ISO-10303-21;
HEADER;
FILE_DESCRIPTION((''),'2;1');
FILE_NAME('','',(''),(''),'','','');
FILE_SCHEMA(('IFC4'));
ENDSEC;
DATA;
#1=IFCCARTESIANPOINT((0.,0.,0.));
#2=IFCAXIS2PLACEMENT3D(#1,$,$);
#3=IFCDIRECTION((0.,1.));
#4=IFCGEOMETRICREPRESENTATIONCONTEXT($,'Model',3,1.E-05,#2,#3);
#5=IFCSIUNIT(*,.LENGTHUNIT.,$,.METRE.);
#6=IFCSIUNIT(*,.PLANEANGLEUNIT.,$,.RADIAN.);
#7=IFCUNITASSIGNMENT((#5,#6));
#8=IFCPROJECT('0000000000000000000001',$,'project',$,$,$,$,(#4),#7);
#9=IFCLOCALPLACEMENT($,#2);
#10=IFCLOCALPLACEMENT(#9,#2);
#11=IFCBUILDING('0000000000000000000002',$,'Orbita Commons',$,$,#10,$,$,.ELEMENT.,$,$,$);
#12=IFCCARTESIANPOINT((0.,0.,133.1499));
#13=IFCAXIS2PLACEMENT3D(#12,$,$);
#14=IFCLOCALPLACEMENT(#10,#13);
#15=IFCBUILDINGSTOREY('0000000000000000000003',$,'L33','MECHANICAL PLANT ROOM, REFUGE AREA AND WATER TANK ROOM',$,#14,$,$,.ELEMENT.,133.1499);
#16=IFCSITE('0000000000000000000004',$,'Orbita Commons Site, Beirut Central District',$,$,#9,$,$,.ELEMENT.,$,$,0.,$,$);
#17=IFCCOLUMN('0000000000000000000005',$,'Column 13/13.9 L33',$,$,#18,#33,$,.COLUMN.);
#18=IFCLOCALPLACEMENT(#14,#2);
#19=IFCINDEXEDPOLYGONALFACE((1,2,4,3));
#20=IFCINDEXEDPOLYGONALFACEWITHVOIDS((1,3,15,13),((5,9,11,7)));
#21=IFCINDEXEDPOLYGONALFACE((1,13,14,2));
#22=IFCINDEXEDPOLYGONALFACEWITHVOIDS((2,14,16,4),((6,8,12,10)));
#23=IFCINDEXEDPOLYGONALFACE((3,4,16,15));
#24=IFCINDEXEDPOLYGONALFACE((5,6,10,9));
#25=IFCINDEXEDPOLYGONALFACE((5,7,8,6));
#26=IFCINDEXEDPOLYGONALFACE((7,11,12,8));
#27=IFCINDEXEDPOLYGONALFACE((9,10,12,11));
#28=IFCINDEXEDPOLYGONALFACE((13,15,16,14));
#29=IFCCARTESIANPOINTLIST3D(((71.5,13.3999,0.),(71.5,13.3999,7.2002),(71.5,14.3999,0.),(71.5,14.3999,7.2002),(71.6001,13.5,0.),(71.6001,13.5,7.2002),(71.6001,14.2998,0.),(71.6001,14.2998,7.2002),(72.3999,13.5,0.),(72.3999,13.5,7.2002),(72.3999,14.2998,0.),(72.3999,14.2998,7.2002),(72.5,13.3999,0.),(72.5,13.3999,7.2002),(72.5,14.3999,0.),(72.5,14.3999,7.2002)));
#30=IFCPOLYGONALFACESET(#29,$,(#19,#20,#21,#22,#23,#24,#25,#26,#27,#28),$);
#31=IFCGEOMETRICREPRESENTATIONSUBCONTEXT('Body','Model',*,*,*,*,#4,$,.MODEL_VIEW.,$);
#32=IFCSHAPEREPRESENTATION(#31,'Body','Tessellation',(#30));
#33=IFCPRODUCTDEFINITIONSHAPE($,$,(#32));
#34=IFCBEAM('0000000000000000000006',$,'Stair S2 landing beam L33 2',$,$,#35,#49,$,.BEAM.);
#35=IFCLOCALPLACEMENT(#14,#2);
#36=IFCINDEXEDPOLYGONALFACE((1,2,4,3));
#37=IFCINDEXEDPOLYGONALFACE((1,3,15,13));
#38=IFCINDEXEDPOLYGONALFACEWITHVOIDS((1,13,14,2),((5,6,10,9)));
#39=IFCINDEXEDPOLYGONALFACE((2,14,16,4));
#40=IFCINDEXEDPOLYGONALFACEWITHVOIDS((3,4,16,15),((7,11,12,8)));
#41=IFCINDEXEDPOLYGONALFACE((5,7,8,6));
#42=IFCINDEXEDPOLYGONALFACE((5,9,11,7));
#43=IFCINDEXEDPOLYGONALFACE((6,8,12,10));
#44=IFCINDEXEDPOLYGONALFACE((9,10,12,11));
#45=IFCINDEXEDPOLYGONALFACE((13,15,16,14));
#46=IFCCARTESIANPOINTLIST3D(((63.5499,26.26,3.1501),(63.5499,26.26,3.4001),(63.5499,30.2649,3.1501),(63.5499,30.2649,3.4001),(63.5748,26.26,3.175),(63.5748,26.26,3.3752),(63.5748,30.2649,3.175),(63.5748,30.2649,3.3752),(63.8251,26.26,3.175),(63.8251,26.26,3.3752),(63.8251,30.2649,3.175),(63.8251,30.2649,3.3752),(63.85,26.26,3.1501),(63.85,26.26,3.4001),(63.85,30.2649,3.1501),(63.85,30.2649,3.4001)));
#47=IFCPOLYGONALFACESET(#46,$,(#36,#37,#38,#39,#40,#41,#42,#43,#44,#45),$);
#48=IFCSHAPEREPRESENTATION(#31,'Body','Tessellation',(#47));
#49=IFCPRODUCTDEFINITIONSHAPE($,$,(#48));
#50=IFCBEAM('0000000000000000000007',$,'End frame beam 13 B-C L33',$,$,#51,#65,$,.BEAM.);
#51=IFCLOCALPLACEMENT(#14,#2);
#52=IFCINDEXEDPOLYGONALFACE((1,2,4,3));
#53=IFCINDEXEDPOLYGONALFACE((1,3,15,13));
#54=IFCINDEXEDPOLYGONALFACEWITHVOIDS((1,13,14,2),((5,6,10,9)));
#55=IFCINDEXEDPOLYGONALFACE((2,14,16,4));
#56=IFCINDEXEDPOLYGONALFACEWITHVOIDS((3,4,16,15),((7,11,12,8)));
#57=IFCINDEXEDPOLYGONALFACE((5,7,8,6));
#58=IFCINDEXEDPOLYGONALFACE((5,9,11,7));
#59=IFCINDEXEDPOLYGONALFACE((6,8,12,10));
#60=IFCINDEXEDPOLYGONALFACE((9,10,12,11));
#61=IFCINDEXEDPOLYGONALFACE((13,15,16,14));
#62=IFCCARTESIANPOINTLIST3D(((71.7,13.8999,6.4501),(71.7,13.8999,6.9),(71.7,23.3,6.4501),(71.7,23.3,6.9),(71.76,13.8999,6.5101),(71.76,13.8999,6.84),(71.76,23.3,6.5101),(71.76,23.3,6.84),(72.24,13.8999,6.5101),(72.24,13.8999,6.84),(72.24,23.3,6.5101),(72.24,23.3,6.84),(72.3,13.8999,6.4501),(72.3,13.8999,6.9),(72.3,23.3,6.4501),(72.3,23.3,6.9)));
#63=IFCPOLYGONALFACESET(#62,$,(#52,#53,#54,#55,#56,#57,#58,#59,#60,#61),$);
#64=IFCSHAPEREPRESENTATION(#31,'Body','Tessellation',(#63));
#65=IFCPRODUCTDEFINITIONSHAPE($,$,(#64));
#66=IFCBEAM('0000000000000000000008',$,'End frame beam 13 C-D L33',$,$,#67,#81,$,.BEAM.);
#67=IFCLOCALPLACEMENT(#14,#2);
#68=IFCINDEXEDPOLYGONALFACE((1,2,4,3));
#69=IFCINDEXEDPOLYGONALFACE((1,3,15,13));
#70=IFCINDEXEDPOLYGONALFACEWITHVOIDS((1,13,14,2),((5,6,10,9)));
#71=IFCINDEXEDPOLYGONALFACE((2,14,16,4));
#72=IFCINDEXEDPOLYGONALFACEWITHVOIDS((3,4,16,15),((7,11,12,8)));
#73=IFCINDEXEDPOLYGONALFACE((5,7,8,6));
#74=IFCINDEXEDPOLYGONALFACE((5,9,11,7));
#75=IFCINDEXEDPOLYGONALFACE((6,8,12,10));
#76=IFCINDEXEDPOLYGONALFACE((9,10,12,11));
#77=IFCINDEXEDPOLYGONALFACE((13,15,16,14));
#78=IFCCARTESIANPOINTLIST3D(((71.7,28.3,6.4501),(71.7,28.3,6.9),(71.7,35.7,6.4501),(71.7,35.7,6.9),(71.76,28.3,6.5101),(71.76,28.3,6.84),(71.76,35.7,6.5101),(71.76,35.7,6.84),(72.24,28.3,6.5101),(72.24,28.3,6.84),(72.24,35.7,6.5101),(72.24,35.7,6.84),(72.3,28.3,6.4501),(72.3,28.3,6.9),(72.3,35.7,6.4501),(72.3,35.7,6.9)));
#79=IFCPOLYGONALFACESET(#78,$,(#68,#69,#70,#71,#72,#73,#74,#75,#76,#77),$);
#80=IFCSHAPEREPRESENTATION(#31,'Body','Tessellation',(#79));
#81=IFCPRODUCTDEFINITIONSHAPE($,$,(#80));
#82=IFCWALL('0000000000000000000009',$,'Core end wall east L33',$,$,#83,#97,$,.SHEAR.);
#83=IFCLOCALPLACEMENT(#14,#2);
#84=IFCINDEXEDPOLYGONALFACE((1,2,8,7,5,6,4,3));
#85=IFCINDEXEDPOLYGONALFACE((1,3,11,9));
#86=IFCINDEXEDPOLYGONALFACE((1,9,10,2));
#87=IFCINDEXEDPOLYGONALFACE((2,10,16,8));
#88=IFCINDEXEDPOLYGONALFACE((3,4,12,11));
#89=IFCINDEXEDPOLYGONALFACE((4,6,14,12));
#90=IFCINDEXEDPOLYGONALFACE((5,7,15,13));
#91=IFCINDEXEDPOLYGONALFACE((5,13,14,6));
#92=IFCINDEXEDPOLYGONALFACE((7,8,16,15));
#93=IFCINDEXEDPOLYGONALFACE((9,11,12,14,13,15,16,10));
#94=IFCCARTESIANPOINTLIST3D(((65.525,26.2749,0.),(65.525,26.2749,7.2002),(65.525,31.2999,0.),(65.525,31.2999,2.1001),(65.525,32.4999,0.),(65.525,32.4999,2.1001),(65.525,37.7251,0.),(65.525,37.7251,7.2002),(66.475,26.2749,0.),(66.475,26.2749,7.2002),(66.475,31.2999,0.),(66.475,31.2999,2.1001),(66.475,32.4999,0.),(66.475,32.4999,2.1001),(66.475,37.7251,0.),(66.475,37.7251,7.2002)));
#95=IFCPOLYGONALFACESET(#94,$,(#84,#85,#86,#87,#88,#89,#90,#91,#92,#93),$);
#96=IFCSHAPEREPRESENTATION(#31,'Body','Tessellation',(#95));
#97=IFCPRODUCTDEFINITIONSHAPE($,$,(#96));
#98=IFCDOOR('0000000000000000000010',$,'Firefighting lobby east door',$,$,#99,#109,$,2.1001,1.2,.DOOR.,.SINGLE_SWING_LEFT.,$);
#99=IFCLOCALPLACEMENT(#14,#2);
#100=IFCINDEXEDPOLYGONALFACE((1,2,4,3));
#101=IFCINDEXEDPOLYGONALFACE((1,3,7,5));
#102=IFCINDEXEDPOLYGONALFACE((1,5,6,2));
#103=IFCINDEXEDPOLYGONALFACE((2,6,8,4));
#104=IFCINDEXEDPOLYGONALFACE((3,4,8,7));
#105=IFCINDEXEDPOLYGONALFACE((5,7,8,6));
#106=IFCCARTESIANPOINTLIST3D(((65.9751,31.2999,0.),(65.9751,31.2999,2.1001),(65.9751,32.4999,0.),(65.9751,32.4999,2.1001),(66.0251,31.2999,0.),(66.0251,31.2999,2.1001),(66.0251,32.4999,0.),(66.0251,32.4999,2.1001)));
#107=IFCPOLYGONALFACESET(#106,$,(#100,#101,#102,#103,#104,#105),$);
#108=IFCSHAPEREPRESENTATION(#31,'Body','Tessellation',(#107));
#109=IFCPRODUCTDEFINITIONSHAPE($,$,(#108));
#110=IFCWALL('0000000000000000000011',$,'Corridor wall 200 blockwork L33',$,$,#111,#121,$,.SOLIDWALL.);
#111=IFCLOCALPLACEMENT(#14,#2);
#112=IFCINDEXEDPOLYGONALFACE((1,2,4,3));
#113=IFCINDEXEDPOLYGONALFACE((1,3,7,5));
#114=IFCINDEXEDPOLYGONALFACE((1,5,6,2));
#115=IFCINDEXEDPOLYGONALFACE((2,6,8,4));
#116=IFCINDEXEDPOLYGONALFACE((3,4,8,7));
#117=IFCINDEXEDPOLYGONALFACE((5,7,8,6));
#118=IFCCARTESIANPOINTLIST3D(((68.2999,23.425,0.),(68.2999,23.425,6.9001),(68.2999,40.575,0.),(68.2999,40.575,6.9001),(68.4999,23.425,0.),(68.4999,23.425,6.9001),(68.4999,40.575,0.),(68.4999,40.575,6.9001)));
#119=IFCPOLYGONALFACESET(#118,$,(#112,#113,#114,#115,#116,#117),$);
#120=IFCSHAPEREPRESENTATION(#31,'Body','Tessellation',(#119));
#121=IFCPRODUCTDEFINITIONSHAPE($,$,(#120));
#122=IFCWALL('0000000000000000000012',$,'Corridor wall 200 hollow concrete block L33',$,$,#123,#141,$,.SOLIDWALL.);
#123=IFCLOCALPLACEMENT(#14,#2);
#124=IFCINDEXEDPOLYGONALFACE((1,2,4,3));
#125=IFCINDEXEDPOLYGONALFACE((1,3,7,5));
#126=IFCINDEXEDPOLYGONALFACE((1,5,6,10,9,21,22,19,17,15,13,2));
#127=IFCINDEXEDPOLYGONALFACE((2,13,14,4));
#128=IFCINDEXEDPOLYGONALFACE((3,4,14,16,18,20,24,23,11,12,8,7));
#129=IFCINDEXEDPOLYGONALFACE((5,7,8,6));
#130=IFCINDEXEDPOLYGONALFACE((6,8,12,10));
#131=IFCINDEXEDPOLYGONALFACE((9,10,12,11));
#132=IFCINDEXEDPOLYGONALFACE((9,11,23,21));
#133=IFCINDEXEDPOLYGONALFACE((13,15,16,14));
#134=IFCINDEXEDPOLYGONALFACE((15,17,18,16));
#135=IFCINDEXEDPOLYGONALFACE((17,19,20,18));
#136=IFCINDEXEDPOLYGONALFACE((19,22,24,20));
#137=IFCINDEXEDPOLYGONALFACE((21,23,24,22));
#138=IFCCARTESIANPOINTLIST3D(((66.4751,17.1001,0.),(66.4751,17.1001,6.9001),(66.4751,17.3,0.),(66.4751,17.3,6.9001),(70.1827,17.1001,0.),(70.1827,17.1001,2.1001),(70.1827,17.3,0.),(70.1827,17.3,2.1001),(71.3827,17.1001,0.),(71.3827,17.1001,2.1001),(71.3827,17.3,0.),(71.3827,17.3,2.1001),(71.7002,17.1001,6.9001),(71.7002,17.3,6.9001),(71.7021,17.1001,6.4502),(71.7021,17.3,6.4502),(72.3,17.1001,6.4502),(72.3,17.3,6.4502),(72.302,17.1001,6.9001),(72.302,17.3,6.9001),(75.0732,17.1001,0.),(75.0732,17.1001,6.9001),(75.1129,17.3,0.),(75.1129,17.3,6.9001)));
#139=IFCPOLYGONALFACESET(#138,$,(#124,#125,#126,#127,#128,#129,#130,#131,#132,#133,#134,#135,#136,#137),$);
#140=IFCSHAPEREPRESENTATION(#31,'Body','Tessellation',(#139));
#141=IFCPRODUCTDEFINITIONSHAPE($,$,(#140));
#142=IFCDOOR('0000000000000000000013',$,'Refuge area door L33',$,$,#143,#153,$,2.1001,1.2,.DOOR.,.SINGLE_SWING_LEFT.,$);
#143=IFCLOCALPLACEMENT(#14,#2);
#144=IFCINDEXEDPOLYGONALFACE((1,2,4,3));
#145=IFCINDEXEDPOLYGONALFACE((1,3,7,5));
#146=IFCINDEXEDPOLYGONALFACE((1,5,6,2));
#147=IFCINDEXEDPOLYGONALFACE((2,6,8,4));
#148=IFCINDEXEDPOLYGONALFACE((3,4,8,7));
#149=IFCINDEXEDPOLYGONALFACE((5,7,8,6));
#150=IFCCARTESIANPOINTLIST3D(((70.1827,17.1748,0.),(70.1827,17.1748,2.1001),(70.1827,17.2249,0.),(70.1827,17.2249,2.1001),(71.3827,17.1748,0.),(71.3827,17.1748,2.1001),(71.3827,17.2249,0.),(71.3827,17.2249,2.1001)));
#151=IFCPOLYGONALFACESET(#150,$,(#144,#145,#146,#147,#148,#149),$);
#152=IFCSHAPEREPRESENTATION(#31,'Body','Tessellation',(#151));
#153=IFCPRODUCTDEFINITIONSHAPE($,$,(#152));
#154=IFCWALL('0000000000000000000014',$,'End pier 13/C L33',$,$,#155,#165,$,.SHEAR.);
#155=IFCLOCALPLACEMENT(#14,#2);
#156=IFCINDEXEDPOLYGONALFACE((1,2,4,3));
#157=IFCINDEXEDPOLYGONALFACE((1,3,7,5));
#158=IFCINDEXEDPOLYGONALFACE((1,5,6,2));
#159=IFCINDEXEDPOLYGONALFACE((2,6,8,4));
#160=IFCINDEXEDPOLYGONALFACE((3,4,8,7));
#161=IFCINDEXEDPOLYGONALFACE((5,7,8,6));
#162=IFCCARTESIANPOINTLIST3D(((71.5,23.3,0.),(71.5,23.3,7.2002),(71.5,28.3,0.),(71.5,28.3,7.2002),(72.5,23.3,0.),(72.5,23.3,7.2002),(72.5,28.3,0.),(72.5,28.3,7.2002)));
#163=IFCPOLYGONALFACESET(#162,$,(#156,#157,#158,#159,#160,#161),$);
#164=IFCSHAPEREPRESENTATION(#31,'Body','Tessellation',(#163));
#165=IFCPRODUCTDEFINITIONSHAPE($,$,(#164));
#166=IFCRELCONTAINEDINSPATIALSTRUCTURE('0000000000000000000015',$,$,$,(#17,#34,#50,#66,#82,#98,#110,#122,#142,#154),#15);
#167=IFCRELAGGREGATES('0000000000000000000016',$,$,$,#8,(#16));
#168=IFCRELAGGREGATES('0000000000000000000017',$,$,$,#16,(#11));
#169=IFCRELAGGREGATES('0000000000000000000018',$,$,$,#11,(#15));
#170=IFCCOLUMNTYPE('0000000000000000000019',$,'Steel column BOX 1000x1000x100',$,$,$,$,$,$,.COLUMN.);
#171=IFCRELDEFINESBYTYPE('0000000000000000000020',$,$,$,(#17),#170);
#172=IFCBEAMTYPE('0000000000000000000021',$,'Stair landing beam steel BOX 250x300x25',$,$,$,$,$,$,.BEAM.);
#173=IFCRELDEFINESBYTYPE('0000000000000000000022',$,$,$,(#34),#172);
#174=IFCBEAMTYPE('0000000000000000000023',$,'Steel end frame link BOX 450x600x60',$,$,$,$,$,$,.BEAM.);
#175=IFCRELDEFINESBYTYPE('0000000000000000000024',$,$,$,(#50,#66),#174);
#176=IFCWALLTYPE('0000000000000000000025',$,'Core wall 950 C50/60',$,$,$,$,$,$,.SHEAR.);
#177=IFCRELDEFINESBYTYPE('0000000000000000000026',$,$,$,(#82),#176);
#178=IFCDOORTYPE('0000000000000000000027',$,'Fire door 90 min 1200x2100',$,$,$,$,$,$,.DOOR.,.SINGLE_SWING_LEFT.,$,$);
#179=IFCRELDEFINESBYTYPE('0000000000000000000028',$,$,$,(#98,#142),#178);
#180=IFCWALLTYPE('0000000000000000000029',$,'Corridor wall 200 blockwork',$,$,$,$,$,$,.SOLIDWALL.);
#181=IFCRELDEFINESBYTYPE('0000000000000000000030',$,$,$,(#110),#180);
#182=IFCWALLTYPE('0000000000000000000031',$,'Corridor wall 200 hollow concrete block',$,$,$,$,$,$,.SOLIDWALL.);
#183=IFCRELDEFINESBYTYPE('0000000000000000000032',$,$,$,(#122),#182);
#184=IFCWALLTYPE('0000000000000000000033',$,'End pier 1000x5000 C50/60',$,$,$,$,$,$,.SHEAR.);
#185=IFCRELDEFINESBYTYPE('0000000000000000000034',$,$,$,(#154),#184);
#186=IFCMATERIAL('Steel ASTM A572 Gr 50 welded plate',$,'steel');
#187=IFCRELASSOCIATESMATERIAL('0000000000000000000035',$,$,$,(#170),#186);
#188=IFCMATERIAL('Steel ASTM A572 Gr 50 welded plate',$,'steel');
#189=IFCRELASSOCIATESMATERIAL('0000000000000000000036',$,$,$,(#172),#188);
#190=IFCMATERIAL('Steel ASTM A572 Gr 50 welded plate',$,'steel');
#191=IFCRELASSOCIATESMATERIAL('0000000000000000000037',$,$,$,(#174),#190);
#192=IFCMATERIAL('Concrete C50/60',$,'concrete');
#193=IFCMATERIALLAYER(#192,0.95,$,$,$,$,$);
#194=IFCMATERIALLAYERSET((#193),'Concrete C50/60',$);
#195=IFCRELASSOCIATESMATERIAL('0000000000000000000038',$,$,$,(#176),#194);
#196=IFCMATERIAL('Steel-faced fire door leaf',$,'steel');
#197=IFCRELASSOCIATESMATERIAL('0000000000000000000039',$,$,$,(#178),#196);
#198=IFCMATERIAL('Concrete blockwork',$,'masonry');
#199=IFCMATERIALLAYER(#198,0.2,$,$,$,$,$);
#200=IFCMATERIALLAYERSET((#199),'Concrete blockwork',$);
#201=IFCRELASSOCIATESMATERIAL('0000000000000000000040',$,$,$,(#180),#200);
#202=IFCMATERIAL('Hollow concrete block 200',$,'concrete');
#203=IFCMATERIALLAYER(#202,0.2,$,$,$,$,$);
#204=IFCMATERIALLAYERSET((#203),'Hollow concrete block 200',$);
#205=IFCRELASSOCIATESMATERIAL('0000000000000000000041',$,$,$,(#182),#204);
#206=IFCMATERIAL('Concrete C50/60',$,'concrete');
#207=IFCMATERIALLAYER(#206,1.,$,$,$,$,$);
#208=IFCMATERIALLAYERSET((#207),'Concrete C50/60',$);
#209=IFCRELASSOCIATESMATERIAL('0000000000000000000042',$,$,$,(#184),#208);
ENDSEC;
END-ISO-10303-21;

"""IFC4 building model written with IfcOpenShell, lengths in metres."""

from ifc_helpers import new_model, si_unit, direction, frame, frame_2d, origin, origin_2d, place, context, subcontext, project, spatial, polyline, rectangle, hollow_rectangle, outline, extrude, clip, halfspace, material, layer, layer_set, material_profile, profile_set, type_object, element, fill, save


model = new_model("IFC4")

# Units and contexts
model_context = context("Model", 3, precision=1e-05, world=origin(), true_north=direction((0.0, 1.0)))
body_context = subcontext(model_context, "Body", "Model", "MODEL_VIEW")
ifc_project = project(units=[si_unit("LENGTHUNIT", "METRE"), si_unit("PLANEANGLEUNIT", "RADIAN")], contexts=[model_context])

# Site, building, storey
site_placement = place(None, origin())
site = spatial("IfcSite", under=ifc_project, at=site_placement, Name="Orbita Commons Site, Beirut Central District", CompositionType="ELEMENT", RefElevation=0.0)
building_placement = place(site_placement, origin())
building = spatial("IfcBuilding", under=site, at=building_placement, Name="Orbita Commons", CompositionType="ELEMENT")
storey_placement = place(building_placement, frame((0.0, 0.0, 133.1499)))
storey = spatial("IfcBuildingStorey", under=building, at=storey_placement, Name="L33", Description="MECHANICAL PLANT ROOM, REFUGE AREA AND WATER TANK ROOM", CompositionType="ELEMENT", Elevation=133.1499)

# Column
ifc_material_1 = material(Name="Steel ASTM A572 Gr 50 welded plate", Category="steel")
ifc_material_profile_1 = material_profile(ifc_material_1, hollow_rectangle(XDim=1.0, YDim=1.0, WallThickness=0.1001, at=origin_2d()), Name="BOX 1000x1000x100")
ifc_profile_set_1 = profile_set([ifc_material_profile_1], Name="Steel ASTM A572 Gr 50 welded plate")
column_type = type_object("IfcColumnType", Name="Steel column BOX 1000x1000x100", PredefinedType="COLUMN", material=ifc_profile_set_1)
column_placement = place(storey_placement, frame((72.0, 13.8999, 0.0), z_axis=(0.0, 0.0, 1.0), x_axis=(1.0, 0.0, 0.0)))
element("IfcColumn", 1, at=column_placement, inside=storey, type_object=column_type, Name="Column 13/13.9 L33", PredefinedType="COLUMN", context=body_context, shape_type="SweptSolid", body=[
    extrude(hollow_rectangle(XDim=1.0, YDim=1.0, WallThickness=0.1001, at=origin_2d()), origin(), (0.0, 0.0, 1.0), 7.2002),
])

# Beams
ifc_material_2 = material(Name="Steel ASTM A572 Gr 50 welded plate", Category="steel")
ifc_material_profile_2 = material_profile(ifc_material_2, hollow_rectangle(XDim=0.3, YDim=0.25, WallThickness=0.0249, at=origin_2d()), Name="BOX 250x300x25")
ifc_profile_set_2 = profile_set([ifc_material_profile_2], Name="Steel ASTM A572 Gr 50 welded plate")
beam_type_1 = type_object("IfcBeamType", Name="Stair landing beam steel BOX 250x300x25", PredefinedType="BEAM", material=ifc_profile_set_2)
beam_1_placement = place(storey_placement, frame((63.7, 26.26, 3.2751), z_axis=(0.0, 1.0, 0.0), x_axis=(-1.0, 0.0, 0.0)))
element("IfcBeam", 2, at=beam_1_placement, inside=storey, type_object=beam_type_1, Name="Stair S2 landing beam L33 2", PredefinedType="BEAM", context=body_context, shape_type="SweptSolid", body=[
    extrude(hollow_rectangle(XDim=0.3, YDim=0.25, WallThickness=0.0249, at=origin_2d()), origin(), (0.0, 0.0, 1.0), 4.0049),
])
ifc_material_3 = material(Name="Steel ASTM A572 Gr 50 welded plate", Category="steel")
ifc_material_profile_3 = material_profile(ifc_material_3, hollow_rectangle(XDim=0.6001, YDim=0.45, WallThickness=0.0601, at=origin_2d()), Name="BOX 450x600x60")
ifc_profile_set_3 = profile_set([ifc_material_profile_3], Name="Steel ASTM A572 Gr 50 welded plate")
beam_type_2 = type_object("IfcBeamType", Name="Steel end frame link BOX 450x600x60", PredefinedType="BEAM", material=ifc_profile_set_3)
beam_2_placement = place(storey_placement, frame((72.0, 13.8999, 6.675), z_axis=(0.0, 1.0, 0.0), x_axis=(-1.0, 0.0, 0.0)))
element("IfcBeam", 3, at=beam_2_placement, inside=storey, type_object=beam_type_2, Name="End frame beam 13 B-C L33", PredefinedType="BEAM", context=body_context, shape_type="SweptSolid", body=[
    extrude(hollow_rectangle(XDim=0.6001, YDim=0.45, WallThickness=0.0601, at=origin_2d()), origin(), (0.0, 0.0, 1.0), 9.4001),
])
beam_3_placement = place(storey_placement, frame((72.0, 28.3, 6.675), z_axis=(0.0, 1.0, 0.0), x_axis=(-1.0, 0.0, 0.0)))
element("IfcBeam", 4, at=beam_3_placement, inside=storey, type_object=beam_type_2, Name="End frame beam 13 C-D L33", PredefinedType="BEAM", context=body_context, shape_type="SweptSolid", body=[
    extrude(hollow_rectangle(XDim=0.6001, YDim=0.45, WallThickness=0.0601, at=origin_2d()), origin(), (0.0, 0.0, 1.0), 7.3999),
])

# Wall, opening, door
ifc_material_4 = material(Name="Concrete C50/60", Category="concrete")
ifc_layer_1 = layer(ifc_material_4, 0.95)
ifc_layer_set_1 = layer_set([ifc_layer_1], Name="Concrete C50/60")
wall_type_1 = type_object("IfcWallType", Name="Core wall 950 C50/60", PredefinedType="SHEAR", material=ifc_layer_set_1)
wall_1_placement = place(storey_placement, frame((66.0, 26.2749, 0.0), z_axis=(0.0, 0.0, 1.0), x_axis=(0.0, 1.0, 0.0)))
wall_1 = element("IfcWall", 5, at=wall_1_placement, inside=storey, type_object=wall_type_1, Name="Core end wall east L33", PredefinedType="SHEAR", context=body_context, shape_type="SweptSolid", body=[
    extrude(rectangle(XDim=11.4502, YDim=0.95, at=frame_2d((5.7251, 0.0))), origin(), (0.0, 0.0, 1.0), 7.2002),
])
opening_1_placement = place(wall_1_placement, frame((5.0249, 0.0, 0.0)))
opening_1 = element("IfcOpeningElement", 6, at=opening_1_placement, cuts=wall_1, PredefinedType="OPENING", context=body_context, shape_type="SweptSolid", body=[
    extrude(rectangle(XDim=1.2, YDim=2.1001, at=frame_2d((0.6001, 1.05))), frame((0.0, 0.4849, 0.0), z_axis=(0.0, -1.0, 0.0), x_axis=(1.0, 0.0, 0.0)), (0.0, 0.0, 1.0), 0.97),
])
ifc_material_5 = material(Name="Steel-faced fire door leaf", Category="steel")
door_type = type_object("IfcDoorType", Name="Fire door 90 min 1200x2100", OperationType="SINGLE_SWING_LEFT", PredefinedType="DOOR", material=ifc_material_5)
door_1_placement = place(opening_1_placement, origin())
door_1 = element("IfcDoor", 7, at=door_1_placement, inside=storey, type_object=door_type, Name="Firefighting lobby east door", OperationType="SINGLE_SWING_LEFT", OverallHeight=2.1001, OverallWidth=1.2, PredefinedType="DOOR", context=body_context, shape_type="SweptSolid", body=[
    extrude(rectangle(XDim=1.2, YDim=2.1001, at=frame_2d((0.6001, 1.05))), frame((0.0, 0.0249, 0.0), z_axis=(0.0, -1.0, 0.0), x_axis=(1.0, 0.0, 0.0)), (0.0, 0.0, 1.0), 0.05),
])
fill(opening_1, door_1)

# Shared definitions
ifc_material_6 = material(Name="Concrete blockwork", Category="masonry")
ifc_layer_2 = layer(ifc_material_6, 0.2)
ifc_layer_set_2 = layer_set([ifc_layer_2], Name="Concrete blockwork")
wall_type_2 = type_object("IfcWallType", Name="Corridor wall 200 blockwork", PredefinedType="SOLIDWALL", material=ifc_layer_set_2)

# Wall
wall_2_placement = place(storey_placement, frame((68.3999, 23.425, 0.0), z_axis=(0.0, 0.0, 1.0), x_axis=(0.0, 1.0, 0.0)))
element("IfcWall", 8, at=wall_2_placement, inside=storey, type_object=wall_type_2, Name="Corridor wall 200 blockwork L33", PredefinedType="SOLIDWALL", context=body_context, shape_type="SweptSolid", body=[
    extrude(rectangle(XDim=17.1499, YDim=0.2, at=frame_2d((8.575, 0.0))), origin(), (0.0, 0.0, 1.0), 6.9001),
])

# Wall, opening, door
ifc_material_7 = material(Name="Hollow concrete block 200", Category="concrete")
ifc_layer_3 = layer(ifc_material_7, 0.2)
ifc_layer_set_3 = layer_set([ifc_layer_3], Name="Hollow concrete block 200")
wall_type_3 = type_object("IfcWallType", Name="Corridor wall 200 hollow concrete block", PredefinedType="SOLIDWALL", material=ifc_layer_set_3)
wall_3_placement = place(storey_placement, frame((66.4751, 17.2, 0.0), z_axis=(0.0, 0.0, 1.0), x_axis=(1.0, 0.0, 0.0)))
wall_3 = element("IfcWall", 9, at=wall_3_placement, inside=storey, type_object=wall_type_3, Name="Corridor wall 200 hollow concrete block L33", PredefinedType="SOLIDWALL", context=body_context, shape_type="Clipping", body=[
    clip(clip(extrude(outline(polyline([(-0.0298, 0.0), (8.6477, 0.0), (8.6477, 6.9001), (5.8269, 6.9001), (5.825, 6.4502), (5.2271, 6.4502), (5.2251, 6.9001), (-0.0298, 6.9001), (-0.0298, 0.0)])), frame((0.0, 0.1001, 0.0), z_axis=(0.0, -1.0, 0.0), x_axis=(1.0, 0.0, 0.0)), (0.0, 0.0, 1.0), 0.2), halfspace(frame((0.0, 0.0, 0.0), z_axis=(-1.0, 0.0, 0.0)), False)), halfspace(frame((8.6179, 0.0, 0.0), z_axis=(0.980788, -0.195078, 0.0)), False)),
])
opening_2_placement = place(wall_3_placement, frame((3.7075, 0.0, 0.0)))
opening_2 = element("IfcOpeningElement", 10, at=opening_2_placement, cuts=wall_3, PredefinedType="OPENING", context=body_context, shape_type="SweptSolid", body=[
    extrude(rectangle(XDim=1.2, YDim=2.1001, at=frame_2d((0.6001, 1.05))), frame((0.0, 0.1099, 0.0), z_axis=(0.0, -1.0, 0.0), x_axis=(1.0, 0.0, 0.0)), (0.0, 0.0, 1.0), 0.22),
])
door_2_placement = place(opening_2_placement, origin())
door_2 = element("IfcDoor", 11, at=door_2_placement, inside=storey, type_object=door_type, Name="Refuge area door L33", OperationType="SINGLE_SWING_LEFT", OverallHeight=2.1001, OverallWidth=1.2, PredefinedType="DOOR", context=body_context, shape_type="SweptSolid", body=[
    extrude(rectangle(XDim=1.2, YDim=2.1001, at=frame_2d((0.6001, 1.05))), frame((0.0, 0.0249, 0.0), z_axis=(0.0, -1.0, 0.0), x_axis=(1.0, 0.0, 0.0)), (0.0, 0.0, 1.0), 0.05),
])
fill(opening_2, door_2)

# Wall
ifc_material_8 = material(Name="Concrete C50/60", Category="concrete")
ifc_layer_4 = layer(ifc_material_8, 1.0)
ifc_layer_set_4 = layer_set([ifc_layer_4], Name="Concrete C50/60")
wall_type_4 = type_object("IfcWallType", Name="End pier 1000x5000 C50/60", PredefinedType="SHEAR", material=ifc_layer_set_4)
wall_4_placement = place(storey_placement, frame((72.0, 23.3, 0.0), z_axis=(0.0, 0.0, 1.0), x_axis=(0.0, 1.0, 0.0)))
element("IfcWall", 12, at=wall_4_placement, inside=storey, type_object=wall_type_4, Name="End pier 13/C L33", PredefinedType="SHEAR", context=body_context, shape_type="SweptSolid", body=[
    extrude(rectangle(XDim=5.0, YDim=1.0, at=frame_2d((2.5, 0.0))), origin(), (0.0, 0.0, 1.0), 7.2002),
])

save(model, "model.ifc")
